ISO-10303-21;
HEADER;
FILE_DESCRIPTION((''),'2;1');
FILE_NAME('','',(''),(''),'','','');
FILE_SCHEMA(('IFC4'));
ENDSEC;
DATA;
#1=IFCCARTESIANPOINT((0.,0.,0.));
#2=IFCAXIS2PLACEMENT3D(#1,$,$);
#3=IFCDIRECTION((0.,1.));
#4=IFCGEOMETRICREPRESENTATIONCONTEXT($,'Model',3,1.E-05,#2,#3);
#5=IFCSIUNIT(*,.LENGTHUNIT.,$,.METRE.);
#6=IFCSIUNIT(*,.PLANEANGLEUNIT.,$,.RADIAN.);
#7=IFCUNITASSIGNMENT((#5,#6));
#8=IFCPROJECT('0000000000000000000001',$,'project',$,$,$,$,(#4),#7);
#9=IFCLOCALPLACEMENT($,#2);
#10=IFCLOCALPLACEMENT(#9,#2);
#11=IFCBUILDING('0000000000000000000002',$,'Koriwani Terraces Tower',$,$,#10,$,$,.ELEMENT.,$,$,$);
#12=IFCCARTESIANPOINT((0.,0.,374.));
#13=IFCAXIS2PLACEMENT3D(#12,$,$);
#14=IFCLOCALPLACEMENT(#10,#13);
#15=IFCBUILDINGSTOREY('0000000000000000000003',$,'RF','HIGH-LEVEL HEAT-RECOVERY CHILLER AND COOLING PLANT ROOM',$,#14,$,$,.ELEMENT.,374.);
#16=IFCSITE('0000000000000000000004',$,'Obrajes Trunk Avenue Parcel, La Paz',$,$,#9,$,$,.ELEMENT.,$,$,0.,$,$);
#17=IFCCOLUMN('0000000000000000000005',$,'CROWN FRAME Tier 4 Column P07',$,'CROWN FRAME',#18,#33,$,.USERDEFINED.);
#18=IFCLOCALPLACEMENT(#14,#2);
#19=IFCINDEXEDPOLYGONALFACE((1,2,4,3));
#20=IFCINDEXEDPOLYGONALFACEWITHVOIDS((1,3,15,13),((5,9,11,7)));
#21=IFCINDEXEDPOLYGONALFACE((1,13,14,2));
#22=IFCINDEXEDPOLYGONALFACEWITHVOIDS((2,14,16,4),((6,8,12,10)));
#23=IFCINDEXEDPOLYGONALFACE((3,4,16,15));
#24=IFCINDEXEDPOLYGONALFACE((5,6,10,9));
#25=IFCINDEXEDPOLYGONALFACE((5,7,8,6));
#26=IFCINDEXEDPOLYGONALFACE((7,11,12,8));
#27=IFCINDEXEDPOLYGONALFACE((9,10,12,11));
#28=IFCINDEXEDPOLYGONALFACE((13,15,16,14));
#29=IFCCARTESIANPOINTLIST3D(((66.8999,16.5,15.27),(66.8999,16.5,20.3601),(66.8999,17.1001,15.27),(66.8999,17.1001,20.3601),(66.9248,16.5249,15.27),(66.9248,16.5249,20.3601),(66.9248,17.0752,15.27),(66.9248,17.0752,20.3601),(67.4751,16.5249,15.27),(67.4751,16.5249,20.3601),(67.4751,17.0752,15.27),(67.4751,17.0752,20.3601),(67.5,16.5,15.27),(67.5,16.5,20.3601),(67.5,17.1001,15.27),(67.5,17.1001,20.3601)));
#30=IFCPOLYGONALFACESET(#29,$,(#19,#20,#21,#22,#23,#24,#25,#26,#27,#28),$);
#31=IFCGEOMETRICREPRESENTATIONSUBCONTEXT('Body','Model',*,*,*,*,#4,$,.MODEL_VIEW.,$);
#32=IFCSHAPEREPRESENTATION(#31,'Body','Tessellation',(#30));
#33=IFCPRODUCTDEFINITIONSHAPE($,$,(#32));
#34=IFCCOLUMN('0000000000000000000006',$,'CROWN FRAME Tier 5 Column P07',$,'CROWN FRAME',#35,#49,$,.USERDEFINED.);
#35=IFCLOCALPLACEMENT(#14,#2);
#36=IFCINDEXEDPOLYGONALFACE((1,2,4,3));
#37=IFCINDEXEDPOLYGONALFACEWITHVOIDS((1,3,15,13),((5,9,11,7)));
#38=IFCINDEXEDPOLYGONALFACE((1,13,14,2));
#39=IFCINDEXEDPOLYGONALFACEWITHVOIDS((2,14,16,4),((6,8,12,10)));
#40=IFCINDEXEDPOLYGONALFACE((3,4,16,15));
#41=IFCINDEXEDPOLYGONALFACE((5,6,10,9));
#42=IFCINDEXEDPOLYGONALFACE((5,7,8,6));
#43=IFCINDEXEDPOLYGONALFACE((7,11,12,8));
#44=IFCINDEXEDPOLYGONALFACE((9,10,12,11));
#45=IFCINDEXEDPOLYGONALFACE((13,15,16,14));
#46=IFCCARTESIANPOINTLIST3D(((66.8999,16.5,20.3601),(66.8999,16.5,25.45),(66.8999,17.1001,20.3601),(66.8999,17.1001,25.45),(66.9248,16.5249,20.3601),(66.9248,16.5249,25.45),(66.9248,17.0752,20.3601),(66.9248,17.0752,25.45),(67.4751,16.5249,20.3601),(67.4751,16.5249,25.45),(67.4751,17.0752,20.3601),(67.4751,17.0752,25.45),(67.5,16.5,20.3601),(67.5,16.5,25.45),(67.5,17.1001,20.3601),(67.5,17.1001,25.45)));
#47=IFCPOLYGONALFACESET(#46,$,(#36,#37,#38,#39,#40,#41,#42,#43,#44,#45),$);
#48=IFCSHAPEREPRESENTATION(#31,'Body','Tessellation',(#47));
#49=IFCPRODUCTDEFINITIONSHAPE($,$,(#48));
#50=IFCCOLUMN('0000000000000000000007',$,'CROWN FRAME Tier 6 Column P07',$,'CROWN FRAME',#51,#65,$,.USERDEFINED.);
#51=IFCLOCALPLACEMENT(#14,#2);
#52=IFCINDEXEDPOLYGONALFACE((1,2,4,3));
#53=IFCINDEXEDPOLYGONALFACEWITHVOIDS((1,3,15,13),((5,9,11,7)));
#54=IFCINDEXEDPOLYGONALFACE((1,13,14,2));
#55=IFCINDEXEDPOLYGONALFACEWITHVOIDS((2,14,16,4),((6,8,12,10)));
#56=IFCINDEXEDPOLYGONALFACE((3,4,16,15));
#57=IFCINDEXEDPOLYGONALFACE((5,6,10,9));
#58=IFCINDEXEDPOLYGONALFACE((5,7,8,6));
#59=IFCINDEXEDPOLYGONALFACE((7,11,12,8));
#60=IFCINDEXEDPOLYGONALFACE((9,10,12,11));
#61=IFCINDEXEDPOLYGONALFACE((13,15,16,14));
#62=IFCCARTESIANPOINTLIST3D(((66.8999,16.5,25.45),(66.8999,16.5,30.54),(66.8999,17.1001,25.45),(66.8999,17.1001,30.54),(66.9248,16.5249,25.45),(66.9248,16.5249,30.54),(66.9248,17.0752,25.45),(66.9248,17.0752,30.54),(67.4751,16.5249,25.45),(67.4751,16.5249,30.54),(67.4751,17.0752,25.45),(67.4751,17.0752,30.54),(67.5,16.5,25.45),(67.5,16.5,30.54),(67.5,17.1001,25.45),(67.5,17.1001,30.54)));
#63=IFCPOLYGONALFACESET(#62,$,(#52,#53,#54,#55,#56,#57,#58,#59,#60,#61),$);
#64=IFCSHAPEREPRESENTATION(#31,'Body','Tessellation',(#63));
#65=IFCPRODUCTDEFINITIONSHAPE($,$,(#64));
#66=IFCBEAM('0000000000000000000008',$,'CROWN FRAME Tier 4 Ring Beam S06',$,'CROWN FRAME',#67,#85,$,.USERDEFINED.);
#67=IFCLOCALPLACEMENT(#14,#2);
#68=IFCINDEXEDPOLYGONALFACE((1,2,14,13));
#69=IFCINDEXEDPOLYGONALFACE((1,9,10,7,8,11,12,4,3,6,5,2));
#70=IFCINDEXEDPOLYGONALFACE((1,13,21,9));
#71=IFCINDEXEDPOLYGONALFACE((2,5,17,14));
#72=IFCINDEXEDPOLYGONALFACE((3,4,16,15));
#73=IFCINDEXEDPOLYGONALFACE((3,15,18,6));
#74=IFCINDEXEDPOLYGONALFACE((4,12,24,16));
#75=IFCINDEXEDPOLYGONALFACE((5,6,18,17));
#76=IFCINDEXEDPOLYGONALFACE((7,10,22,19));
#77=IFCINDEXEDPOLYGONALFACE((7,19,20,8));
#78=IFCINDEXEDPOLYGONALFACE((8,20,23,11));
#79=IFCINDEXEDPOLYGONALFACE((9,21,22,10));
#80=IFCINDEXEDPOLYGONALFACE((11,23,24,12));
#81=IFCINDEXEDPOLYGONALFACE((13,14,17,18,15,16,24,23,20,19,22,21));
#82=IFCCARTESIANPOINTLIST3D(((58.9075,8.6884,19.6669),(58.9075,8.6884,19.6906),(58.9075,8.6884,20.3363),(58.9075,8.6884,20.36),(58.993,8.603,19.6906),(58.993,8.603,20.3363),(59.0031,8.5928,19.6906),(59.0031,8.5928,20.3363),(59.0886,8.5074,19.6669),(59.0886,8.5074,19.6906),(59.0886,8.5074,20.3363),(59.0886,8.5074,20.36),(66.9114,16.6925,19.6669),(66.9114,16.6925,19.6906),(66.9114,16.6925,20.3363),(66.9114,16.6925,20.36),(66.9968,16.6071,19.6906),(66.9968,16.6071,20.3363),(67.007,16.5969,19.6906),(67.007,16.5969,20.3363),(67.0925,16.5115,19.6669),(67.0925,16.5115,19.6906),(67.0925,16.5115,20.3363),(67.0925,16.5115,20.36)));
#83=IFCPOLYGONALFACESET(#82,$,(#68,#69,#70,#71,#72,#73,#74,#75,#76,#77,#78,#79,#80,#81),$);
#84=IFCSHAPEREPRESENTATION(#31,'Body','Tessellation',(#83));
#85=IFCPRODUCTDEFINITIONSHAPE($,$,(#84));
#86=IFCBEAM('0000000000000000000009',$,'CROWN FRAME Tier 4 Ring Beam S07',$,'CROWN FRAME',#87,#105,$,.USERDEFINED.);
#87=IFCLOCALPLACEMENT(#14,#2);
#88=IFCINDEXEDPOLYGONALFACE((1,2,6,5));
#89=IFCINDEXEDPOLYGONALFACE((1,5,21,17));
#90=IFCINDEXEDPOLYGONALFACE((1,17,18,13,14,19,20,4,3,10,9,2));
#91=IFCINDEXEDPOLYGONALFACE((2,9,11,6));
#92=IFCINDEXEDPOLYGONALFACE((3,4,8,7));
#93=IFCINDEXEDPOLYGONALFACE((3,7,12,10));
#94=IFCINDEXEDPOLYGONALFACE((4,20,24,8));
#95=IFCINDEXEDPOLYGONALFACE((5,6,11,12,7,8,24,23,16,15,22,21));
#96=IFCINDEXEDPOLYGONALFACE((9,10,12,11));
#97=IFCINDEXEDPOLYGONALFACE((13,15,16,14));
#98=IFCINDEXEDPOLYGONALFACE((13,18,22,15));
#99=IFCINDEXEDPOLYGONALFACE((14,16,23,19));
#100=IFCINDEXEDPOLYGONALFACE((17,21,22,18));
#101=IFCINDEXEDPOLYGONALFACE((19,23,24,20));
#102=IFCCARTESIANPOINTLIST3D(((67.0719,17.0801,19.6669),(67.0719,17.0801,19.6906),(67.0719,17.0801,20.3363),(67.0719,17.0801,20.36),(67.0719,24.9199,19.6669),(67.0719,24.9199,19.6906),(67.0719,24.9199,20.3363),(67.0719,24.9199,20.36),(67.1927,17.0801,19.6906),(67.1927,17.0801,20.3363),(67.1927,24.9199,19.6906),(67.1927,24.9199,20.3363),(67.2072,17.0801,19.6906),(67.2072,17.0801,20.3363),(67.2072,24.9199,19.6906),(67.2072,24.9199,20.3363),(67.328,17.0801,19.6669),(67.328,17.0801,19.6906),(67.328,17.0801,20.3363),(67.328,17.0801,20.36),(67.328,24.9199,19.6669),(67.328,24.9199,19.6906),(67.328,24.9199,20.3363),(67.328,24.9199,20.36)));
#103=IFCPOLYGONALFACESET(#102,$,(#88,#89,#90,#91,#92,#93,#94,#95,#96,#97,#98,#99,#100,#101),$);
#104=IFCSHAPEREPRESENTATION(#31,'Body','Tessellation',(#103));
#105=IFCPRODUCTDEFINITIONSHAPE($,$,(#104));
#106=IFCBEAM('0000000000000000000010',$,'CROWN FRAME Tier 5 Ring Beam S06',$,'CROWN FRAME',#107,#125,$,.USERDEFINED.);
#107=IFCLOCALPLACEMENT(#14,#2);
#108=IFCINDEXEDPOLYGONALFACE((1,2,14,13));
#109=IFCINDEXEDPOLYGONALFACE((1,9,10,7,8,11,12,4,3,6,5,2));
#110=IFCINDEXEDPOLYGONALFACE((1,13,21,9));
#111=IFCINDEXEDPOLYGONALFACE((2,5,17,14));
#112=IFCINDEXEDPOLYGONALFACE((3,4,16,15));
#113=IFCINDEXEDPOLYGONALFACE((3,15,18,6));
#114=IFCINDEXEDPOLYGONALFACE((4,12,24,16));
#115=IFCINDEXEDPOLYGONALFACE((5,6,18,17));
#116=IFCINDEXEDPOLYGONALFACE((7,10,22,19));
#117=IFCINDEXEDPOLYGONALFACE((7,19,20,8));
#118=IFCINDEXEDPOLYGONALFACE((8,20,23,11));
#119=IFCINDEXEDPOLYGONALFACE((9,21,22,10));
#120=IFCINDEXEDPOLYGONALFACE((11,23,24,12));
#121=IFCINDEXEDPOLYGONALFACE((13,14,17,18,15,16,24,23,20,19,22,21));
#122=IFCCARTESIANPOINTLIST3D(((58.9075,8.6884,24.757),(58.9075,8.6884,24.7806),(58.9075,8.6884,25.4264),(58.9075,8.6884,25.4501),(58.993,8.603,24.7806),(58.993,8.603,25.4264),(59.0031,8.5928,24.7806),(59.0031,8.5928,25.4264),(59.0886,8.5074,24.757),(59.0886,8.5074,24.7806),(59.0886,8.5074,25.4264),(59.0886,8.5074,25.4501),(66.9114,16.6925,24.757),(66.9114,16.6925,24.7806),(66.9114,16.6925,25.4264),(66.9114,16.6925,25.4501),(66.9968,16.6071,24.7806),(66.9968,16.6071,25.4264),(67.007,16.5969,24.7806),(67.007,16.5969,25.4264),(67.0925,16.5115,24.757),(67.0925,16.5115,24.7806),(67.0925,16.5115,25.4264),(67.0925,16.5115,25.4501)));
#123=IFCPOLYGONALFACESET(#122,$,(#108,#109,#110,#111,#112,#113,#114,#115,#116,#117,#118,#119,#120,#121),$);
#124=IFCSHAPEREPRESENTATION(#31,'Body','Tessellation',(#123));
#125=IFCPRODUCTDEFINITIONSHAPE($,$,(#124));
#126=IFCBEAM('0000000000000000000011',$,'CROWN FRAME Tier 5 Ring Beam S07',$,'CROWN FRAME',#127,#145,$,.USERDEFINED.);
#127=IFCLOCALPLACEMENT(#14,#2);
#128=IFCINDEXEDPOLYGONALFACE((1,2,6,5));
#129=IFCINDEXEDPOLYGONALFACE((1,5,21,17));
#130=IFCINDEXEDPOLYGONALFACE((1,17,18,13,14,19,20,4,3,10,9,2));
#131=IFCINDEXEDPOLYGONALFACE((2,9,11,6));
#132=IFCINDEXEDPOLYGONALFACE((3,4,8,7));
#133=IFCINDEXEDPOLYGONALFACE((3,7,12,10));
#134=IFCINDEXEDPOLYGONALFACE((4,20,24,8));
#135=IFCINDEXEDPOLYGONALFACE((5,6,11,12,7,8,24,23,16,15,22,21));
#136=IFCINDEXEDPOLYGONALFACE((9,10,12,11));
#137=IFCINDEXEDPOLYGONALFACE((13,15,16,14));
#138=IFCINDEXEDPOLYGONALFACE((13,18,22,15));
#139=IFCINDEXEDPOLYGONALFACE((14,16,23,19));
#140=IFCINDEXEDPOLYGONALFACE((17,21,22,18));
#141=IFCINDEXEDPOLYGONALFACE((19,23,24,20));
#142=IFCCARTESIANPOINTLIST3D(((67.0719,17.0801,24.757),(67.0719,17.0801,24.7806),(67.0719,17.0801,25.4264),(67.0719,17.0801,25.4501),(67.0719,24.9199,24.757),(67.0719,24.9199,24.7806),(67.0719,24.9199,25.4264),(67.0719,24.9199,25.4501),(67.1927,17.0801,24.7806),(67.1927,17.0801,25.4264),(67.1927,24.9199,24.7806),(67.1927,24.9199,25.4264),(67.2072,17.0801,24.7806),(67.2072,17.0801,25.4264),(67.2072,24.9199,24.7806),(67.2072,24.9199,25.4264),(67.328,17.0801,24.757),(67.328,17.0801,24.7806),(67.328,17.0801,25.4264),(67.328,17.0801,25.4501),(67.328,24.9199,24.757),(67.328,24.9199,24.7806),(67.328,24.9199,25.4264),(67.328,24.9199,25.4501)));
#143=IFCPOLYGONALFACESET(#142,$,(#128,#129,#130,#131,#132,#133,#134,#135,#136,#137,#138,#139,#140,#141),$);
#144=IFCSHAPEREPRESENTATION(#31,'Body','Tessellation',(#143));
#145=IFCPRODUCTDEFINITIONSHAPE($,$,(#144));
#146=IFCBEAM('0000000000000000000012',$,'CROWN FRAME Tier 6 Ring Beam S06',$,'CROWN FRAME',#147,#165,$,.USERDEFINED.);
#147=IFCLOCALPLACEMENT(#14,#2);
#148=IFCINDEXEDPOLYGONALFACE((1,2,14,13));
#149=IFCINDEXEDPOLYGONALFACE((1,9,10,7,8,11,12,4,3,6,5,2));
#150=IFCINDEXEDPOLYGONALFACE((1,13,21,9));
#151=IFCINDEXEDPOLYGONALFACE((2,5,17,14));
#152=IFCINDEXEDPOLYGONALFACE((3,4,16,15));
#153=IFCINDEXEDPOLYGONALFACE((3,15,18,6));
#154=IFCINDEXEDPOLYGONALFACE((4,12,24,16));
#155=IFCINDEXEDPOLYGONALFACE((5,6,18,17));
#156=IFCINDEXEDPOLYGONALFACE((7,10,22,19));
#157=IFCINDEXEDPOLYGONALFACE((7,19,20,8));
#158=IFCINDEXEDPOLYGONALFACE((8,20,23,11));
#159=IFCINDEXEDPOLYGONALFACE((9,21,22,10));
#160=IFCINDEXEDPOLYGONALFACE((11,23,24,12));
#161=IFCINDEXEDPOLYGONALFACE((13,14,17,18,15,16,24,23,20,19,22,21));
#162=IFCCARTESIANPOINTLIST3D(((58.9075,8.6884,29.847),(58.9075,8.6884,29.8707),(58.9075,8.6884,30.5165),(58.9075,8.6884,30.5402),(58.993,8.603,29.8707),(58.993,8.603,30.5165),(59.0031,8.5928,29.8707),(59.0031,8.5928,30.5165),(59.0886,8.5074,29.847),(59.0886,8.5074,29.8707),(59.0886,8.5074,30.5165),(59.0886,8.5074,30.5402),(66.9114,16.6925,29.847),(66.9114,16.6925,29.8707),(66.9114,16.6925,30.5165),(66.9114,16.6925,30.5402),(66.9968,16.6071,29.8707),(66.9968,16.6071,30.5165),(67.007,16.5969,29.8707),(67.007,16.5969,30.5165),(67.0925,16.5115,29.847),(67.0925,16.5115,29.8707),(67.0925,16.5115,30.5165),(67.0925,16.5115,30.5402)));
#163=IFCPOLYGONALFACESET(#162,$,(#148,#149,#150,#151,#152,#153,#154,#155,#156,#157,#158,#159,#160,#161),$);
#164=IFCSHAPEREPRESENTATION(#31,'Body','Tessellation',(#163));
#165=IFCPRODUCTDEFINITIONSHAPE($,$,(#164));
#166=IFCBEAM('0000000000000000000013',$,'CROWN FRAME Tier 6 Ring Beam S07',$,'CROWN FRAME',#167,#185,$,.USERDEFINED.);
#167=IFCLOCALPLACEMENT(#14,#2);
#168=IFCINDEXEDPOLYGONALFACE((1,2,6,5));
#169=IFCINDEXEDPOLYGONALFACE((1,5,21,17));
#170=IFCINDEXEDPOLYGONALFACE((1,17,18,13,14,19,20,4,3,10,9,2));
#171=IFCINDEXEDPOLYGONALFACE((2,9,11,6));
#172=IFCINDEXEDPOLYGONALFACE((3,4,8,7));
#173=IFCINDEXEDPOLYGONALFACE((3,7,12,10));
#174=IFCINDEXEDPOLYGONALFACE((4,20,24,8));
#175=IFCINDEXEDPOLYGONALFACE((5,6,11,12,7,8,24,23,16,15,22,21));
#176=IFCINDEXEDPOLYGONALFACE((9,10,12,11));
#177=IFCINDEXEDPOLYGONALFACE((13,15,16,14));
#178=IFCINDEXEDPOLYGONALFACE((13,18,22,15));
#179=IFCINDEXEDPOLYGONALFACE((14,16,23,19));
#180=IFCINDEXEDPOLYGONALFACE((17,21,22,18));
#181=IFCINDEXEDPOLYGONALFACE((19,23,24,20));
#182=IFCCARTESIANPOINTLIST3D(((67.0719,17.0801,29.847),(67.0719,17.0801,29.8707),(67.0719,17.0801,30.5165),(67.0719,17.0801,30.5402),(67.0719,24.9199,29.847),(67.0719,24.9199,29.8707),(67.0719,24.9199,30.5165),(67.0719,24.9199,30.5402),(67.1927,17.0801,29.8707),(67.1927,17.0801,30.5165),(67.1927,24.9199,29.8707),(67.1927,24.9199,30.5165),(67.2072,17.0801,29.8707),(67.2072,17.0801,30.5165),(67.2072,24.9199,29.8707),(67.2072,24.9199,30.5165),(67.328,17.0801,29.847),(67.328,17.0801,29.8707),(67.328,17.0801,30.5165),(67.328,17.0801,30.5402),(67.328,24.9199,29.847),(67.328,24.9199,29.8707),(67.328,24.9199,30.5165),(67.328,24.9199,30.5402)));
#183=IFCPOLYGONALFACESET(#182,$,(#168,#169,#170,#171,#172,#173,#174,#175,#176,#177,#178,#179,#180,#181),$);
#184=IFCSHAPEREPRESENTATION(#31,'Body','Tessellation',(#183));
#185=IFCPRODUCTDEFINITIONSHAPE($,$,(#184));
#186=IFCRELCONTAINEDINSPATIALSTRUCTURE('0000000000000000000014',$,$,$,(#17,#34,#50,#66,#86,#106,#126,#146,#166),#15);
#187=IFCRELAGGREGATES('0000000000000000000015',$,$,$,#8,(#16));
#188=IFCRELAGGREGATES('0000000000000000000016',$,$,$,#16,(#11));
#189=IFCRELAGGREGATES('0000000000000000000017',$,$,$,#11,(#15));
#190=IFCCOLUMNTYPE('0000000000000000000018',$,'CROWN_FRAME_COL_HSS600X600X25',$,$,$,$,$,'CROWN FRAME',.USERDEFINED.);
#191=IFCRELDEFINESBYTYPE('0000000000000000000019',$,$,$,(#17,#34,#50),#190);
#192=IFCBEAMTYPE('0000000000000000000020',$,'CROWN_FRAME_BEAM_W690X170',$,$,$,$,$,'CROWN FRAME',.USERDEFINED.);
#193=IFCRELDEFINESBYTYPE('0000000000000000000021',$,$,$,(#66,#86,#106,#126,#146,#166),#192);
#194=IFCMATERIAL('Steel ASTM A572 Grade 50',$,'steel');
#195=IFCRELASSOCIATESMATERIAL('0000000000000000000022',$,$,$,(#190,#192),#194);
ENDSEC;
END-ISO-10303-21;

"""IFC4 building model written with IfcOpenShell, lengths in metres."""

from ifc_helpers import new_model, si_unit, direction, frame, origin, origin_2d, place, context, subcontext, project, spatial, hollow_rectangle, i_section, extrude, material, material_profile, profile_set, type_object, element, save


model = new_model("IFC4")

# Units and contexts
model_context = context("Model", 3, precision=1e-05, world=origin(), true_north=direction((0.0, 1.0)))
body_context = subcontext(model_context, "Body", "Model", "MODEL_VIEW")
ifc_project = project(units=[si_unit("LENGTHUNIT", "METRE"), si_unit("PLANEANGLEUNIT", "RADIAN")], contexts=[model_context])

# Site, building, storey
site_placement = place(None, origin())
site = spatial("IfcSite", under=ifc_project, at=site_placement, Name="Obrajes Trunk Avenue Parcel, La Paz", CompositionType="ELEMENT", RefElevation=0.0)
building_placement = place(site_placement, origin())
building = spatial("IfcBuilding", under=site, at=building_placement, Name="Koriwani Terraces Tower", CompositionType="ELEMENT")
storey_placement = place(building_placement, frame((0.0, 0.0, 374.0)))
storey = spatial("IfcBuildingStorey", under=building, at=storey_placement, Name="RF", Description="HIGH-LEVEL HEAT-RECOVERY CHILLER AND COOLING PLANT ROOM", CompositionType="ELEMENT", Elevation=374.0)

# Columns
ifc_material_1 = material(Name="Steel ASTM A572 Grade 50", Category="steel")
ifc_material_profile_1 = material_profile(ifc_material_1, hollow_rectangle(XDim=0.6001, YDim=0.6001, WallThickness=0.0249, at=origin_2d()), Name="Steel ASTM A572 Grade 50", Category="LoadBearing")
ifc_profile_set_1 = profile_set([ifc_material_profile_1], Name="Steel ASTM A572 Grade 50")
column_type = type_object("IfcColumnType", Name="CROWN_FRAME_COL_HSS600X600X25", ElementType="CROWN FRAME", PredefinedType="USERDEFINED", material=ifc_profile_set_1)
column_1_placement = place(storey_placement, frame((67.2, 16.8, 15.27), z_axis=(0.0, 0.0, 1.0), x_axis=(1.0, 0.0, 0.0)))
element("IfcColumn", 1, at=column_1_placement, inside=storey, type_object=column_type, Name="CROWN FRAME Tier 4 Column P07", ObjectType="CROWN FRAME", PredefinedType="USERDEFINED", context=body_context, shape_type="SweptSolid", body=[
    extrude(hollow_rectangle(XDim=0.6001, YDim=0.6001, WallThickness=0.0249, at=origin_2d()), origin(), (0.0, 0.0, 1.0), 5.0901),
])
column_2_placement = place(storey_placement, frame((67.2, 16.8, 20.3601), z_axis=(0.0, 0.0, 1.0), x_axis=(1.0, 0.0, 0.0)))
element("IfcColumn", 2, at=column_2_placement, inside=storey, type_object=column_type, Name="CROWN FRAME Tier 5 Column P07", ObjectType="CROWN FRAME", PredefinedType="USERDEFINED", context=body_context, shape_type="SweptSolid", body=[
    extrude(hollow_rectangle(XDim=0.6001, YDim=0.6001, WallThickness=0.0249, at=origin_2d()), origin(), (0.0, 0.0, 1.0), 5.0898),
])
column_3_placement = place(storey_placement, frame((67.2, 16.8, 25.45), z_axis=(0.0, 0.0, 1.0), x_axis=(1.0, 0.0, 0.0)))
element("IfcColumn", 3, at=column_3_placement, inside=storey, type_object=column_type, Name="CROWN FRAME Tier 6 Column P07", ObjectType="CROWN FRAME", PredefinedType="USERDEFINED", context=body_context, shape_type="SweptSolid", body=[
    extrude(hollow_rectangle(XDim=0.6001, YDim=0.6001, WallThickness=0.0249, at=origin_2d()), origin(), (0.0, 0.0, 1.0), 5.0901),
])

# Beams
ifc_material_profile_2 = material_profile(ifc_material_1, i_section(OverallWidth=0.2561, OverallDepth=0.6931, WebThickness=0.0144, FlangeThickness=0.0237, at=origin_2d()), Name="Steel ASTM A572 Grade 50", Category="LoadBearing")
ifc_profile_set_2 = profile_set([ifc_material_profile_2], Name="Steel ASTM A572 Grade 50")
beam_type_1 = type_object("IfcBeamType", Name="CROWN_FRAME_BEAM_W690X170", ElementType="CROWN FRAME", PredefinedType="USERDEFINED", material=ifc_profile_set_2)
beam_1_placement = place(storey_placement, frame((58.998, 8.5979, 20.0134), z_axis=(0.707096, 0.707118, 0.0), x_axis=(-0.707118, 0.707096, 0.0)))
element("IfcBeam", 4, at=beam_1_placement, inside=storey, type_object=beam_type_1, Name="CROWN FRAME Tier 4 Ring Beam S06", ObjectType="CROWN FRAME", PredefinedType="USERDEFINED", context=body_context, shape_type="SweptSolid", body=[
    extrude(i_section(OverallWidth=0.2561, OverallDepth=0.6931, WebThickness=0.0144, FlangeThickness=0.0237, at=origin_2d()), origin(), (0.0, 0.0, 1.0), 11.3193),
])
beam_2_placement = place(storey_placement, frame((67.2, 17.0801, 20.0134), z_axis=(0.0, 1.0, 0.0), x_axis=(-1.0, 0.0, 0.0)))
element("IfcBeam", 5, at=beam_2_placement, inside=storey, type_object=beam_type_1, Name="CROWN FRAME Tier 4 Ring Beam S07", ObjectType="CROWN FRAME", PredefinedType="USERDEFINED", context=body_context, shape_type="SweptSolid", body=[
    extrude(i_section(OverallWidth=0.2561, OverallDepth=0.6931, WebThickness=0.0144, FlangeThickness=0.0237, at=origin_2d()), origin(), (0.0, 0.0, 1.0), 7.8398),
])
beam_3_placement = place(storey_placement, frame((58.998, 8.5979, 25.1035), z_axis=(0.707096, 0.707118, 0.0), x_axis=(-0.707118, 0.707096, 0.0)))
element("IfcBeam", 6, at=beam_3_placement, inside=storey, type_object=beam_type_1, Name="CROWN FRAME Tier 5 Ring Beam S06", ObjectType="CROWN FRAME", PredefinedType="USERDEFINED", context=body_context, shape_type="SweptSolid", body=[
    extrude(i_section(OverallWidth=0.2561, OverallDepth=0.6931, WebThickness=0.0144, FlangeThickness=0.0237, at=origin_2d()), origin(), (0.0, 0.0, 1.0), 11.3193),
])
beam_4_placement = place(storey_placement, frame((67.2, 17.0801, 25.1035), z_axis=(0.0, 1.0, 0.0), x_axis=(-1.0, 0.0, 0.0)))
element("IfcBeam", 7, at=beam_4_placement, inside=storey, type_object=beam_type_1, Name="CROWN FRAME Tier 5 Ring Beam S07", ObjectType="CROWN FRAME", PredefinedType="USERDEFINED", context=body_context, shape_type="SweptSolid", body=[
    extrude(i_section(OverallWidth=0.2561, OverallDepth=0.6931, WebThickness=0.0144, FlangeThickness=0.0237, at=origin_2d()), origin(), (0.0, 0.0, 1.0), 7.8398),
])
beam_5_placement = place(storey_placement, frame((58.998, 8.5979, 30.1936), z_axis=(0.707096, 0.707118, 0.0), x_axis=(-0.707118, 0.707096, 0.0)))
element("IfcBeam", 8, at=beam_5_placement, inside=storey, type_object=beam_type_1, Name="CROWN FRAME Tier 6 Ring Beam S06", ObjectType="CROWN FRAME", PredefinedType="USERDEFINED", context=body_context, shape_type="SweptSolid", body=[
    extrude(i_section(OverallWidth=0.2561, OverallDepth=0.6931, WebThickness=0.0144, FlangeThickness=0.0237, at=origin_2d()), origin(), (0.0, 0.0, 1.0), 11.3193),
])
beam_6_placement = place(storey_placement, frame((67.2, 17.0801, 30.1936), z_axis=(0.0, 1.0, 0.0), x_axis=(-1.0, 0.0, 0.0)))
element("IfcBeam", 9, at=beam_6_placement, inside=storey, type_object=beam_type_1, Name="CROWN FRAME Tier 6 Ring Beam S07", ObjectType="CROWN FRAME", PredefinedType="USERDEFINED", context=body_context, shape_type="SweptSolid", body=[
    extrude(i_section(OverallWidth=0.2561, OverallDepth=0.6931, WebThickness=0.0144, FlangeThickness=0.0237, at=origin_2d()), origin(), (0.0, 0.0, 1.0), 7.8398),
])

save(model, "model.ifc")
